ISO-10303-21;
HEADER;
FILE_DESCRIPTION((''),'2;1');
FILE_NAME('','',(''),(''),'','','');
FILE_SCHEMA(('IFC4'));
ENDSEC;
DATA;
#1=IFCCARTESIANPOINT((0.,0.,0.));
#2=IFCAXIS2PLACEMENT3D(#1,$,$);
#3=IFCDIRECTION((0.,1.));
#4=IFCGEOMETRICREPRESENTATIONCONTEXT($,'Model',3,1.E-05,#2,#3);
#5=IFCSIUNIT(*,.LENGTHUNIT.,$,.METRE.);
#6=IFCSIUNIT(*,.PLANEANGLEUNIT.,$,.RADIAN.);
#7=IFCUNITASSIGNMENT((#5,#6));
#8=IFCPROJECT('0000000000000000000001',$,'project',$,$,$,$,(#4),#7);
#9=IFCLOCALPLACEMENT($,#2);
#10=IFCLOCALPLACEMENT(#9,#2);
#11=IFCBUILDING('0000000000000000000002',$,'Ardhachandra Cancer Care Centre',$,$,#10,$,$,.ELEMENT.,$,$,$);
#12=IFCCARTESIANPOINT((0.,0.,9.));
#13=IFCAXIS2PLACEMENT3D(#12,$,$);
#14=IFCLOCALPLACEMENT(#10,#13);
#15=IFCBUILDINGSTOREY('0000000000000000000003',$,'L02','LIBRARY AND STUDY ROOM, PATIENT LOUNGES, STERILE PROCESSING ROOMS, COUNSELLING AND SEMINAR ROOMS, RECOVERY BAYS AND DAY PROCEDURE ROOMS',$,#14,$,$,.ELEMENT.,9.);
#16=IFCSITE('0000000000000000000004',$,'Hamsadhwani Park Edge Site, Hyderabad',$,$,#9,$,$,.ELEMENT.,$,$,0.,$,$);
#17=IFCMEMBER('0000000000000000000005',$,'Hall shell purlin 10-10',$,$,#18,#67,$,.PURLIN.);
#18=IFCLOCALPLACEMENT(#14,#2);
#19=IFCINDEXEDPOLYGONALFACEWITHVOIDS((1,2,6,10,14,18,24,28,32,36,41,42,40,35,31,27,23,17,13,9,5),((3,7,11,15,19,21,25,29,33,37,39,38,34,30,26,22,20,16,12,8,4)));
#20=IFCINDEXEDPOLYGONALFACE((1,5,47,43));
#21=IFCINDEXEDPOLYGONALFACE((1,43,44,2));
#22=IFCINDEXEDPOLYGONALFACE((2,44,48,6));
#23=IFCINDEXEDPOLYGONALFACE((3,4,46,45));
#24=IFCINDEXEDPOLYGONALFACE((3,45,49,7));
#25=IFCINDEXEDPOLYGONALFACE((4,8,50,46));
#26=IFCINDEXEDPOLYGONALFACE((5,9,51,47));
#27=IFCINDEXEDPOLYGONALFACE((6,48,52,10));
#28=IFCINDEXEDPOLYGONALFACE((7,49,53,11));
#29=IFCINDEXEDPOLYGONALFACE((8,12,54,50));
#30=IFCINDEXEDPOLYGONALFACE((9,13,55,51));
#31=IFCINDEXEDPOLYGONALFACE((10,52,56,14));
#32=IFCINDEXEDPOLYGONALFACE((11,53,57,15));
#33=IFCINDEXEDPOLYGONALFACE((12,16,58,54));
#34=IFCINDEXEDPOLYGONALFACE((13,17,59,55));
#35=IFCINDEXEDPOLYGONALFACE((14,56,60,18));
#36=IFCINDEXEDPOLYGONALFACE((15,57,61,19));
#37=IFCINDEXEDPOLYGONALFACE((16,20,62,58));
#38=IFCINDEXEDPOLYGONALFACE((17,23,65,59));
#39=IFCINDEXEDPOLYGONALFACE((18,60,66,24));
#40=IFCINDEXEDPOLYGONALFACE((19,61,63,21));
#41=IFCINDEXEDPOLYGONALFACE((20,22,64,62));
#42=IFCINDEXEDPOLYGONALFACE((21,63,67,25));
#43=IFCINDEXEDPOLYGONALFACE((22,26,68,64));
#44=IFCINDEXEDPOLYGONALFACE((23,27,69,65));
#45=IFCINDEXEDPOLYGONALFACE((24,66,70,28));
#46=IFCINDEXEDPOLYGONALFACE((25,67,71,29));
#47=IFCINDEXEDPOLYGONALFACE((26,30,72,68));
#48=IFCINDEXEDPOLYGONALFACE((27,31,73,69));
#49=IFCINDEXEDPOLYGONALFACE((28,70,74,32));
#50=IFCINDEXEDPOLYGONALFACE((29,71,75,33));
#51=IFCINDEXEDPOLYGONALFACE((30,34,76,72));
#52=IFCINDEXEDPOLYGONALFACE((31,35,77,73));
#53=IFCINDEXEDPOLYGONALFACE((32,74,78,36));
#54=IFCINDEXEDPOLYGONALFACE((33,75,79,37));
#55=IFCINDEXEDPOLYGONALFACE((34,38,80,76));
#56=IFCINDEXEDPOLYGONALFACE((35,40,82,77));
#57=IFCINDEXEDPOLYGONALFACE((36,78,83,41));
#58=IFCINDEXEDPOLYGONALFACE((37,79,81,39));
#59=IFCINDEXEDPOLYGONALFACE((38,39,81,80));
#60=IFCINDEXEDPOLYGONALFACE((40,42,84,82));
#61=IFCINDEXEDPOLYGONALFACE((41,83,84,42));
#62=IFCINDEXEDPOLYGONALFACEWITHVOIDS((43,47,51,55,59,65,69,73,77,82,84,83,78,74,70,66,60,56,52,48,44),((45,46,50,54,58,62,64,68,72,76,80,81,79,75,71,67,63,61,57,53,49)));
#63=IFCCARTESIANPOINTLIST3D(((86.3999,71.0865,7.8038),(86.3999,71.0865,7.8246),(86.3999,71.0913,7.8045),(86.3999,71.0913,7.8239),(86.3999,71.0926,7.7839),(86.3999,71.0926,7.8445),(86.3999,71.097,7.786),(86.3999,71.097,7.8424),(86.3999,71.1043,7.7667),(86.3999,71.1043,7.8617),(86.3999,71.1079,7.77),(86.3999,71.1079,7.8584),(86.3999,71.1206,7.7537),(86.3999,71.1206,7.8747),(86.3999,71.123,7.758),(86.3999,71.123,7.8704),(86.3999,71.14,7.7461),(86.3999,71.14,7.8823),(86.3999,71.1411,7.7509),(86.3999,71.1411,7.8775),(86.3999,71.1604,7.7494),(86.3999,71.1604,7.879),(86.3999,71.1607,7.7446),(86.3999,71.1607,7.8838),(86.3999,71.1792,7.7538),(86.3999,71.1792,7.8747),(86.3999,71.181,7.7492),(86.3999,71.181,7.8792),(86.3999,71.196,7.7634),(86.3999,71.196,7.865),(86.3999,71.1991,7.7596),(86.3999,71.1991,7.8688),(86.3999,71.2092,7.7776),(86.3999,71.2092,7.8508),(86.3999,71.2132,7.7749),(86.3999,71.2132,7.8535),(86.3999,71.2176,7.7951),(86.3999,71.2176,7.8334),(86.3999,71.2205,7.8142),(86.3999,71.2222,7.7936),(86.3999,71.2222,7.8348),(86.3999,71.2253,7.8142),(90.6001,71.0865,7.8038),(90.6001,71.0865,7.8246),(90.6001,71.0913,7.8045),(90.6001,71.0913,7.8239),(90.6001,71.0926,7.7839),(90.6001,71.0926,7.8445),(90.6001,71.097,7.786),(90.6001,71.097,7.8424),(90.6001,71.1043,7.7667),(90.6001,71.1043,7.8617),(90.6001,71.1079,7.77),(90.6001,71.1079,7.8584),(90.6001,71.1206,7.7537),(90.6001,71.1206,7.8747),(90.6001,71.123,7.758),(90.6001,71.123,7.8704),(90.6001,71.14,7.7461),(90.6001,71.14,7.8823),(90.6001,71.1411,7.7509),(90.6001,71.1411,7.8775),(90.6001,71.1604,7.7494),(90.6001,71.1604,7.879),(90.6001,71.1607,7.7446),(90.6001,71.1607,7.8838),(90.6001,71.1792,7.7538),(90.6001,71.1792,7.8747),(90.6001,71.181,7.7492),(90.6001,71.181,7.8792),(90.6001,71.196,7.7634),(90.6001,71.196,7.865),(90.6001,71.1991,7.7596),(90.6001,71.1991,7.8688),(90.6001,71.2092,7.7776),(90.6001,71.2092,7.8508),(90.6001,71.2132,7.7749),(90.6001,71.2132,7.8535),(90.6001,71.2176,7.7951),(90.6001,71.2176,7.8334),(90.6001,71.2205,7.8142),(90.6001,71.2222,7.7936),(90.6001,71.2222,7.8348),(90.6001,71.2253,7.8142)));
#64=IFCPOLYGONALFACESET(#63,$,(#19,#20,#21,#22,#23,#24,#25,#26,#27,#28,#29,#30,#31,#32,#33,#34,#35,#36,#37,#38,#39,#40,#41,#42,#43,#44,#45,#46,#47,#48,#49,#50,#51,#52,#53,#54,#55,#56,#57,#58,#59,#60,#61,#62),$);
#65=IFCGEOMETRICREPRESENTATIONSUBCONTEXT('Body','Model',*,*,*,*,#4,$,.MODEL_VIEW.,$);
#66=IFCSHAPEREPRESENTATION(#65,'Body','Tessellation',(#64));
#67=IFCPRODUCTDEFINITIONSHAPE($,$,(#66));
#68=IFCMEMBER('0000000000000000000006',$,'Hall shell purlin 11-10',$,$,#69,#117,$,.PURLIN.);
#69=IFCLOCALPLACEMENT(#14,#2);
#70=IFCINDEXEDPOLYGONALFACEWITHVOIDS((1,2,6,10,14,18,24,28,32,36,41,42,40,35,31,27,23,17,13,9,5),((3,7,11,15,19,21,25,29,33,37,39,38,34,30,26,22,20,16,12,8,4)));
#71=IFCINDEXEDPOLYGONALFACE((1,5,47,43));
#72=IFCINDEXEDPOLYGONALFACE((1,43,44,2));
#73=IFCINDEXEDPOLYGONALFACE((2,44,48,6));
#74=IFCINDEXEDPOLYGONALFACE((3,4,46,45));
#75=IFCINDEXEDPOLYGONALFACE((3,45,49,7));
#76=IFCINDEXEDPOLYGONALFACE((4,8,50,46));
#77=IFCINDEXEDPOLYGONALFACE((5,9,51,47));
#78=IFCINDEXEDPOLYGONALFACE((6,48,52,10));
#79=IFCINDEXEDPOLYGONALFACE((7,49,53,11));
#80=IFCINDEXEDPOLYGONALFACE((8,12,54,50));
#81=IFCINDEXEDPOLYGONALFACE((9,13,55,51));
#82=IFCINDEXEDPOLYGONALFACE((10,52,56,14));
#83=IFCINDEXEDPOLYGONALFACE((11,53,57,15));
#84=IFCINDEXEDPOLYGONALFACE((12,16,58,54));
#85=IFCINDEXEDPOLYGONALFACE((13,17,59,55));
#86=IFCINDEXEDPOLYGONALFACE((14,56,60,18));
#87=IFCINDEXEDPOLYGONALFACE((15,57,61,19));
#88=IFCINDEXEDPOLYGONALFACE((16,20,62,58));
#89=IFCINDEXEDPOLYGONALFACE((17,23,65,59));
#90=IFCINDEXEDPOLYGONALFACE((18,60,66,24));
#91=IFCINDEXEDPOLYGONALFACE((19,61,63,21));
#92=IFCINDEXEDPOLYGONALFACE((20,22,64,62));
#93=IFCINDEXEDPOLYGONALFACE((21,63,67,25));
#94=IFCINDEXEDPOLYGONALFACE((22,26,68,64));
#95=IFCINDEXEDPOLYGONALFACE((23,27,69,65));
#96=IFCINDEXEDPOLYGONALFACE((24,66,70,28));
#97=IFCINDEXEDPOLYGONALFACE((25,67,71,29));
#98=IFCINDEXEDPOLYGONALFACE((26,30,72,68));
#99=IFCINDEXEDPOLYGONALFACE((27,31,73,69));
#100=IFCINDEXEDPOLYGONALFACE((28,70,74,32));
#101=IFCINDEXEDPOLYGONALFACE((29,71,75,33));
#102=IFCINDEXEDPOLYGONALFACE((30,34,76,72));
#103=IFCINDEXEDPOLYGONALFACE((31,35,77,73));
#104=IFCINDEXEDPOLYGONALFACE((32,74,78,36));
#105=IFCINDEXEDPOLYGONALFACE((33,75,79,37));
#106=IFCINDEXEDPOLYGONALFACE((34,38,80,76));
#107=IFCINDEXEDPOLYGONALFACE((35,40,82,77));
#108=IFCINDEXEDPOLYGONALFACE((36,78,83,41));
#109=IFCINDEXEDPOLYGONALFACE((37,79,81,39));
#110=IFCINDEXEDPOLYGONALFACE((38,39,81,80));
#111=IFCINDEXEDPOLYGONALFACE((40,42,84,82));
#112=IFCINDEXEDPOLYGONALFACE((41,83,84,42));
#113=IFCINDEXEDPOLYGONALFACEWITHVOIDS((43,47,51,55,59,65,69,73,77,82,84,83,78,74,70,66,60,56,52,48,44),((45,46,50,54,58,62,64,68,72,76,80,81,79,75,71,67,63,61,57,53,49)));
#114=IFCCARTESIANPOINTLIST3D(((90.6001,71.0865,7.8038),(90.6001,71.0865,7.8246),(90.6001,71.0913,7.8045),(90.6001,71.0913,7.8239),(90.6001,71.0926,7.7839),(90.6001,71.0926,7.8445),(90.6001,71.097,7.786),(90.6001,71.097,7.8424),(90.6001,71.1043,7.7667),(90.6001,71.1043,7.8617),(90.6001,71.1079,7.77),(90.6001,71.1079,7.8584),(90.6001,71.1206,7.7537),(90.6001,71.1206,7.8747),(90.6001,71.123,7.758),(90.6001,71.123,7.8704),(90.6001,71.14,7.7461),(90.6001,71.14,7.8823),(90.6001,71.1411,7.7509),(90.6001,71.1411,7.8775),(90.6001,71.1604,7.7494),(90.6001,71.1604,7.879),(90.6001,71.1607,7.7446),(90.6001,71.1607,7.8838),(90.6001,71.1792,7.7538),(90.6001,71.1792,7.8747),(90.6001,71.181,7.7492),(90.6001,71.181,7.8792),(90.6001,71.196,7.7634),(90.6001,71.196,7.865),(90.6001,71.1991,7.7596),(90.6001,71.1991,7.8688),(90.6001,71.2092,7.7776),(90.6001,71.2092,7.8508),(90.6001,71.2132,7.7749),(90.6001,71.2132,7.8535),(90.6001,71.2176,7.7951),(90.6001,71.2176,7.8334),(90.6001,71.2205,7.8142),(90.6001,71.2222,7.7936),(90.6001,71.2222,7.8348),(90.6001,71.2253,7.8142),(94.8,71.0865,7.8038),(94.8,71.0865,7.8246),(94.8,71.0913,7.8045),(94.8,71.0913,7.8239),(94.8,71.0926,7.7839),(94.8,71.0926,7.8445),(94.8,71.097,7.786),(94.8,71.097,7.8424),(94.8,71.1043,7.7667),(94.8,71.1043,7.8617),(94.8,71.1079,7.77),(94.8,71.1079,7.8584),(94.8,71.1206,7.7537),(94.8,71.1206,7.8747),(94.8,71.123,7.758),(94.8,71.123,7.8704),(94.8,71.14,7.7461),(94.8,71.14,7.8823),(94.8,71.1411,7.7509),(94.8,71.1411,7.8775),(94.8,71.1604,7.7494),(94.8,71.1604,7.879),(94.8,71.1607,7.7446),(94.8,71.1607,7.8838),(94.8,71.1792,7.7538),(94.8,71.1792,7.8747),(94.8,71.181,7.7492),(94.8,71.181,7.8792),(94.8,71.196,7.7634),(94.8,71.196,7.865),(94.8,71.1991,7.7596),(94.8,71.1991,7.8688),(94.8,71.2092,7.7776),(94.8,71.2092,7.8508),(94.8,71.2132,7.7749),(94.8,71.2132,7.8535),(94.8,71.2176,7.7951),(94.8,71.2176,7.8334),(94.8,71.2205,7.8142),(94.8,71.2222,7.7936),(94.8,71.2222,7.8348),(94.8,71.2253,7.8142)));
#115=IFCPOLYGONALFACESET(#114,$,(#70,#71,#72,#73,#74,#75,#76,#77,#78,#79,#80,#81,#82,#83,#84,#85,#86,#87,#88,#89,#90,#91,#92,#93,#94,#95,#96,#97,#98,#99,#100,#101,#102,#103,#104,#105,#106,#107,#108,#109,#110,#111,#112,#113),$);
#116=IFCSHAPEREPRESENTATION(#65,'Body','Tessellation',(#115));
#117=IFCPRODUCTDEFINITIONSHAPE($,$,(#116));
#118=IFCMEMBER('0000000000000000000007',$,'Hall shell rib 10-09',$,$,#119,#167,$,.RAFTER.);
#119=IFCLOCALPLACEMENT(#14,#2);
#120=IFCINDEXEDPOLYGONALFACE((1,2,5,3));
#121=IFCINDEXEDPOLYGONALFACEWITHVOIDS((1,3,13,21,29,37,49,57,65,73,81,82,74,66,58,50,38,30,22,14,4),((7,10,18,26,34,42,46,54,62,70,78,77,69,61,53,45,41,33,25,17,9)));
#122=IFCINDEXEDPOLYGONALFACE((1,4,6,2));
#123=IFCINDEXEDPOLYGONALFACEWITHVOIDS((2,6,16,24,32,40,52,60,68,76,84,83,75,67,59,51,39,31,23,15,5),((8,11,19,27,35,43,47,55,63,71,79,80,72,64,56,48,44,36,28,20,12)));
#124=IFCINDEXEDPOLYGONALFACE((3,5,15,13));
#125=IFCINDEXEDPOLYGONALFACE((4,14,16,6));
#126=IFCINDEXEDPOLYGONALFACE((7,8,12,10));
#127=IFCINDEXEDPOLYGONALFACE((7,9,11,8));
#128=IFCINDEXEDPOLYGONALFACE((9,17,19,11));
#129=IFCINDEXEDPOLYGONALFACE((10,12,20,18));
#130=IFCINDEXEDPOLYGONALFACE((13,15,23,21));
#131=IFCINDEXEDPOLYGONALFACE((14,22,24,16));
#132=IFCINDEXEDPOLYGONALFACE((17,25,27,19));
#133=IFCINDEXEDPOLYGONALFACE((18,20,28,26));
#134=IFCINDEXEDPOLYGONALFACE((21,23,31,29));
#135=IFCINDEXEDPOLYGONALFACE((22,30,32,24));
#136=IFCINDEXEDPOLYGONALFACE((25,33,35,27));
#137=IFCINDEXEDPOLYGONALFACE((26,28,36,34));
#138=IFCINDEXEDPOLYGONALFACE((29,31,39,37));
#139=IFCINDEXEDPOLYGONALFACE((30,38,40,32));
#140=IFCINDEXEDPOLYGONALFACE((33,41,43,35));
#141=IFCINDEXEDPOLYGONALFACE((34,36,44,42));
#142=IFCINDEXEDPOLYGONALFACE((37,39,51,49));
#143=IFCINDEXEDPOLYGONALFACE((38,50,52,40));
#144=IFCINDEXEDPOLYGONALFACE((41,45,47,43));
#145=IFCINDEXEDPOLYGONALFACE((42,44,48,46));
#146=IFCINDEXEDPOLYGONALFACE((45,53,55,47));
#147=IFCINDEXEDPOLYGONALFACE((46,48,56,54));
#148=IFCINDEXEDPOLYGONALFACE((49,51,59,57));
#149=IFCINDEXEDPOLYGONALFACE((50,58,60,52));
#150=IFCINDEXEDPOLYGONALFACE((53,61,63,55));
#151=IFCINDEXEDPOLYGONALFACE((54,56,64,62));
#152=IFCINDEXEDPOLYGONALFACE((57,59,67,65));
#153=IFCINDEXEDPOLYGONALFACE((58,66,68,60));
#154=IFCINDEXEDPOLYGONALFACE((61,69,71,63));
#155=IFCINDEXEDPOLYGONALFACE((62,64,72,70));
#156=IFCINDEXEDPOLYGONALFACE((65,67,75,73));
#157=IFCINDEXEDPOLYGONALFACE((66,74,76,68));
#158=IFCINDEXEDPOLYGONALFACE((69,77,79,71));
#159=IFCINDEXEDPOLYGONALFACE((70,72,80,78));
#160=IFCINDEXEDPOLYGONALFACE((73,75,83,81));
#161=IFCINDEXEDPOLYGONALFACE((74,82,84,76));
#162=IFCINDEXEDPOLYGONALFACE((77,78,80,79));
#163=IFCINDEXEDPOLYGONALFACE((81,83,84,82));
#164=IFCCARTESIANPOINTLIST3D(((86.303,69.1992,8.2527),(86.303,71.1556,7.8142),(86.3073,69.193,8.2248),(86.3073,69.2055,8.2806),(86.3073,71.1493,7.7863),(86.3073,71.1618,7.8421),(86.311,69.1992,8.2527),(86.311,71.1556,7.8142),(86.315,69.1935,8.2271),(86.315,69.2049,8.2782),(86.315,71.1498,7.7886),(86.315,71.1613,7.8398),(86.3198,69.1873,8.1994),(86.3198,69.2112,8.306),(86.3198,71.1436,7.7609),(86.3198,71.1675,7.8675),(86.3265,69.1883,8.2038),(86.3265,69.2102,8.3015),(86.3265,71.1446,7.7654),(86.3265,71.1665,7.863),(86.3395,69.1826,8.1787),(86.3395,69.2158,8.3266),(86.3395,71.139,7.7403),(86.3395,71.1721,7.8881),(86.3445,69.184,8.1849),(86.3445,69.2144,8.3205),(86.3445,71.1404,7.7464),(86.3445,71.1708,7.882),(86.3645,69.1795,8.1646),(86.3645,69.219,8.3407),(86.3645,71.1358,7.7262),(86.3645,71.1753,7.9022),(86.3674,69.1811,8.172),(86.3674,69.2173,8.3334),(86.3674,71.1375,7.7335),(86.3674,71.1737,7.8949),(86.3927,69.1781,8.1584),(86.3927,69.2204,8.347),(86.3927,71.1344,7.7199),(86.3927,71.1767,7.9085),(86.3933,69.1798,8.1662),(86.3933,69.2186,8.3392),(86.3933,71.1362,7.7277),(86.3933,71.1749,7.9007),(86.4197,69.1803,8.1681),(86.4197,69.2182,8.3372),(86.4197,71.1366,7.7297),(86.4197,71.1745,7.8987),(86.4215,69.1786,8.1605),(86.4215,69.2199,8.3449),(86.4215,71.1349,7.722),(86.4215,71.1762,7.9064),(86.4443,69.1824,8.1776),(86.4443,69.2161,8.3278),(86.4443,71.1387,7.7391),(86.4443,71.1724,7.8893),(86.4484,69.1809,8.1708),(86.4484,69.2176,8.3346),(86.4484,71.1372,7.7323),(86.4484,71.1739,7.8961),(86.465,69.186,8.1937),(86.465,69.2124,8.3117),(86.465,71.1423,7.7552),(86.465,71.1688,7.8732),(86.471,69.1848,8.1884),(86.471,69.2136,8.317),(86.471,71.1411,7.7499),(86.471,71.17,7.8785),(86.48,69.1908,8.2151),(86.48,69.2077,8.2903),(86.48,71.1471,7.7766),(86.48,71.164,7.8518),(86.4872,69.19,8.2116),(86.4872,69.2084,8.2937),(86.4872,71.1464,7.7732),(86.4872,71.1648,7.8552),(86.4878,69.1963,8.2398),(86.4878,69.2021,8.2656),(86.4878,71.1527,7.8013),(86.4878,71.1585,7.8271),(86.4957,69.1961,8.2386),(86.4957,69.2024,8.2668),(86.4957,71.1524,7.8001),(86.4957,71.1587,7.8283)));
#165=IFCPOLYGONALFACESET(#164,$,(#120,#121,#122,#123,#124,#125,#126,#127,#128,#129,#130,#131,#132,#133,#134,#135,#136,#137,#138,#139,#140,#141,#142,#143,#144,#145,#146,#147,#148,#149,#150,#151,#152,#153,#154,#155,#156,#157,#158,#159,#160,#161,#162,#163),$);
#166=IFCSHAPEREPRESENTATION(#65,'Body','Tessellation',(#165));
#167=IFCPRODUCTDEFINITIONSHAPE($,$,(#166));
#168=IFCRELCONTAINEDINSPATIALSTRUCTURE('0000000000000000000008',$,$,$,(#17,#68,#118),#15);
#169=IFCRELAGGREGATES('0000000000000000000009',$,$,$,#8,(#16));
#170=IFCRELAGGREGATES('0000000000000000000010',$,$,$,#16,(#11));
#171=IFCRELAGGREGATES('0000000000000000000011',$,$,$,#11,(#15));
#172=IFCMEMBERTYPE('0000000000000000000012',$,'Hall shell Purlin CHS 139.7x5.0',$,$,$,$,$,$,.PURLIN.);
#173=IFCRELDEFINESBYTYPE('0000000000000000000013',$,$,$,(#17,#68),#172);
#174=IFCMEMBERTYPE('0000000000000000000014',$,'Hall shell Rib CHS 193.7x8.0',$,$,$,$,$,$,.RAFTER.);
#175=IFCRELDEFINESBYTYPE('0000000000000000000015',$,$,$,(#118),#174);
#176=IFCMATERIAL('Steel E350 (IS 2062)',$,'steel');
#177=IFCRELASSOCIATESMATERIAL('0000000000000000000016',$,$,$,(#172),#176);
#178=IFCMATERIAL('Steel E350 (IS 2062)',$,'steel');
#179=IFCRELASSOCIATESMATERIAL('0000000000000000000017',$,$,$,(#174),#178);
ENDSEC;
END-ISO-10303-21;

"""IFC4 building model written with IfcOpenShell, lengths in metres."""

from ifc_helpers import new_model, si_unit, direction, frame, origin, origin_2d, place, context, subcontext, project, spatial, hollow_circle, extrude, material, material_profile, profile_set, type_object, element, save


model = new_model("IFC4")

# Units and contexts
model_context = context("Model", 3, precision=1e-05, world=origin(), true_north=direction((0.0, 1.0)))
body_context = subcontext(model_context, "Body", "Model", "MODEL_VIEW")
ifc_project = project(units=[si_unit("LENGTHUNIT", "METRE"), si_unit("PLANEANGLEUNIT", "RADIAN")], contexts=[model_context])

# Site, building, storey
site_placement = place(None, origin())
site = spatial("IfcSite", under=ifc_project, at=site_placement, Name="Hamsadhwani Park Edge Site, Hyderabad", CompositionType="ELEMENT", RefElevation=0.0)
building_placement = place(site_placement, origin())
building = spatial("IfcBuilding", under=site, at=building_placement, Name="Ardhachandra Cancer Care Centre", CompositionType="ELEMENT")
storey_placement = place(building_placement, frame((0.0, 0.0, 9.0)))
storey = spatial("IfcBuildingStorey", under=building, at=storey_placement, Name="L02", Description="LIBRARY AND STUDY ROOM, PATIENT LOUNGES, STERILE PROCESSING ROOMS, COUNSELLING AND SEMINAR ROOMS, RECOVERY BAYS AND DAY PROCEDURE ROOMS", CompositionType="ELEMENT", Elevation=9.0)

# Members
ifc_material_1 = material(Name="Steel E350 (IS 2062)", Category="steel")
ifc_material_profile_1 = material_profile(ifc_material_1, hollow_circle(Radius=0.0698, WallThickness=0.0049, at=origin_2d()), Name="CHS 139.7x5.0")
ifc_profile_set_1 = profile_set([ifc_material_profile_1], Name="Steel E350 (IS 2062)")
member_type_1 = type_object("IfcMemberType", Name="Hall shell Purlin CHS 139.7x5.0", PredefinedType="PURLIN", material=ifc_profile_set_1)
member_1_placement = place(storey_placement, frame((86.3999, 71.1555, 7.8142), z_axis=(1.0, 0.0, 0.0), x_axis=(0.0, 1.0, 0.0)))
element("IfcMember", 1, at=member_1_placement, inside=storey, type_object=member_type_1, Name="Hall shell purlin 10-10", PredefinedType="PURLIN", context=body_context, shape_type="SweptSolid", body=[
    extrude(hollow_circle(Radius=0.0698, WallThickness=0.0049, at=origin_2d()), origin(), (0.0, 0.0, 1.0), 4.2002),
])
member_2_placement = place(storey_placement, frame((90.6001, 71.1555, 7.8142), z_axis=(1.0, 0.0, 0.0), x_axis=(0.0, 1.0, 0.0)))
element("IfcMember", 2, at=member_2_placement, inside=storey, type_object=member_type_1, Name="Hall shell purlin 11-10", PredefinedType="PURLIN", context=body_context, shape_type="SweptSolid", body=[
    extrude(hollow_circle(Radius=0.0698, WallThickness=0.0049, at=origin_2d()), origin(), (0.0, 0.0, 1.0), 4.2),
])
ifc_material_2 = material(Name="Steel E350 (IS 2062)", Category="steel")
ifc_material_profile_2 = material_profile(ifc_material_2, hollow_circle(Radius=0.0969, WallThickness=0.0081, at=origin_2d()), Name="CHS 193.7x8.0")
ifc_profile_set_2 = profile_set([ifc_material_profile_2], Name="Steel E350 (IS 2062)")
member_type_2 = type_object("IfcMemberType", Name="Hall shell Rib CHS 193.7x8.0", PredefinedType="RAFTER", material=ifc_profile_set_2)
member_3_placement = place(storey_placement, frame((86.3999, 69.1992, 8.2527), z_axis=(0.0, 0.97579, -0.218709), x_axis=(-1.0, 0.0, 0.0)))
element("IfcMember", 3, at=member_3_placement, inside=storey, type_object=member_type_2, Name="Hall shell rib 10-09", PredefinedType="RAFTER", context=body_context, shape_type="SweptSolid", body=[
    extrude(hollow_circle(Radius=0.0969, WallThickness=0.0081, at=origin_2d()), origin(), (0.0, 0.0, 1.0), 2.0049),
])

save(model, "model.ifc")
